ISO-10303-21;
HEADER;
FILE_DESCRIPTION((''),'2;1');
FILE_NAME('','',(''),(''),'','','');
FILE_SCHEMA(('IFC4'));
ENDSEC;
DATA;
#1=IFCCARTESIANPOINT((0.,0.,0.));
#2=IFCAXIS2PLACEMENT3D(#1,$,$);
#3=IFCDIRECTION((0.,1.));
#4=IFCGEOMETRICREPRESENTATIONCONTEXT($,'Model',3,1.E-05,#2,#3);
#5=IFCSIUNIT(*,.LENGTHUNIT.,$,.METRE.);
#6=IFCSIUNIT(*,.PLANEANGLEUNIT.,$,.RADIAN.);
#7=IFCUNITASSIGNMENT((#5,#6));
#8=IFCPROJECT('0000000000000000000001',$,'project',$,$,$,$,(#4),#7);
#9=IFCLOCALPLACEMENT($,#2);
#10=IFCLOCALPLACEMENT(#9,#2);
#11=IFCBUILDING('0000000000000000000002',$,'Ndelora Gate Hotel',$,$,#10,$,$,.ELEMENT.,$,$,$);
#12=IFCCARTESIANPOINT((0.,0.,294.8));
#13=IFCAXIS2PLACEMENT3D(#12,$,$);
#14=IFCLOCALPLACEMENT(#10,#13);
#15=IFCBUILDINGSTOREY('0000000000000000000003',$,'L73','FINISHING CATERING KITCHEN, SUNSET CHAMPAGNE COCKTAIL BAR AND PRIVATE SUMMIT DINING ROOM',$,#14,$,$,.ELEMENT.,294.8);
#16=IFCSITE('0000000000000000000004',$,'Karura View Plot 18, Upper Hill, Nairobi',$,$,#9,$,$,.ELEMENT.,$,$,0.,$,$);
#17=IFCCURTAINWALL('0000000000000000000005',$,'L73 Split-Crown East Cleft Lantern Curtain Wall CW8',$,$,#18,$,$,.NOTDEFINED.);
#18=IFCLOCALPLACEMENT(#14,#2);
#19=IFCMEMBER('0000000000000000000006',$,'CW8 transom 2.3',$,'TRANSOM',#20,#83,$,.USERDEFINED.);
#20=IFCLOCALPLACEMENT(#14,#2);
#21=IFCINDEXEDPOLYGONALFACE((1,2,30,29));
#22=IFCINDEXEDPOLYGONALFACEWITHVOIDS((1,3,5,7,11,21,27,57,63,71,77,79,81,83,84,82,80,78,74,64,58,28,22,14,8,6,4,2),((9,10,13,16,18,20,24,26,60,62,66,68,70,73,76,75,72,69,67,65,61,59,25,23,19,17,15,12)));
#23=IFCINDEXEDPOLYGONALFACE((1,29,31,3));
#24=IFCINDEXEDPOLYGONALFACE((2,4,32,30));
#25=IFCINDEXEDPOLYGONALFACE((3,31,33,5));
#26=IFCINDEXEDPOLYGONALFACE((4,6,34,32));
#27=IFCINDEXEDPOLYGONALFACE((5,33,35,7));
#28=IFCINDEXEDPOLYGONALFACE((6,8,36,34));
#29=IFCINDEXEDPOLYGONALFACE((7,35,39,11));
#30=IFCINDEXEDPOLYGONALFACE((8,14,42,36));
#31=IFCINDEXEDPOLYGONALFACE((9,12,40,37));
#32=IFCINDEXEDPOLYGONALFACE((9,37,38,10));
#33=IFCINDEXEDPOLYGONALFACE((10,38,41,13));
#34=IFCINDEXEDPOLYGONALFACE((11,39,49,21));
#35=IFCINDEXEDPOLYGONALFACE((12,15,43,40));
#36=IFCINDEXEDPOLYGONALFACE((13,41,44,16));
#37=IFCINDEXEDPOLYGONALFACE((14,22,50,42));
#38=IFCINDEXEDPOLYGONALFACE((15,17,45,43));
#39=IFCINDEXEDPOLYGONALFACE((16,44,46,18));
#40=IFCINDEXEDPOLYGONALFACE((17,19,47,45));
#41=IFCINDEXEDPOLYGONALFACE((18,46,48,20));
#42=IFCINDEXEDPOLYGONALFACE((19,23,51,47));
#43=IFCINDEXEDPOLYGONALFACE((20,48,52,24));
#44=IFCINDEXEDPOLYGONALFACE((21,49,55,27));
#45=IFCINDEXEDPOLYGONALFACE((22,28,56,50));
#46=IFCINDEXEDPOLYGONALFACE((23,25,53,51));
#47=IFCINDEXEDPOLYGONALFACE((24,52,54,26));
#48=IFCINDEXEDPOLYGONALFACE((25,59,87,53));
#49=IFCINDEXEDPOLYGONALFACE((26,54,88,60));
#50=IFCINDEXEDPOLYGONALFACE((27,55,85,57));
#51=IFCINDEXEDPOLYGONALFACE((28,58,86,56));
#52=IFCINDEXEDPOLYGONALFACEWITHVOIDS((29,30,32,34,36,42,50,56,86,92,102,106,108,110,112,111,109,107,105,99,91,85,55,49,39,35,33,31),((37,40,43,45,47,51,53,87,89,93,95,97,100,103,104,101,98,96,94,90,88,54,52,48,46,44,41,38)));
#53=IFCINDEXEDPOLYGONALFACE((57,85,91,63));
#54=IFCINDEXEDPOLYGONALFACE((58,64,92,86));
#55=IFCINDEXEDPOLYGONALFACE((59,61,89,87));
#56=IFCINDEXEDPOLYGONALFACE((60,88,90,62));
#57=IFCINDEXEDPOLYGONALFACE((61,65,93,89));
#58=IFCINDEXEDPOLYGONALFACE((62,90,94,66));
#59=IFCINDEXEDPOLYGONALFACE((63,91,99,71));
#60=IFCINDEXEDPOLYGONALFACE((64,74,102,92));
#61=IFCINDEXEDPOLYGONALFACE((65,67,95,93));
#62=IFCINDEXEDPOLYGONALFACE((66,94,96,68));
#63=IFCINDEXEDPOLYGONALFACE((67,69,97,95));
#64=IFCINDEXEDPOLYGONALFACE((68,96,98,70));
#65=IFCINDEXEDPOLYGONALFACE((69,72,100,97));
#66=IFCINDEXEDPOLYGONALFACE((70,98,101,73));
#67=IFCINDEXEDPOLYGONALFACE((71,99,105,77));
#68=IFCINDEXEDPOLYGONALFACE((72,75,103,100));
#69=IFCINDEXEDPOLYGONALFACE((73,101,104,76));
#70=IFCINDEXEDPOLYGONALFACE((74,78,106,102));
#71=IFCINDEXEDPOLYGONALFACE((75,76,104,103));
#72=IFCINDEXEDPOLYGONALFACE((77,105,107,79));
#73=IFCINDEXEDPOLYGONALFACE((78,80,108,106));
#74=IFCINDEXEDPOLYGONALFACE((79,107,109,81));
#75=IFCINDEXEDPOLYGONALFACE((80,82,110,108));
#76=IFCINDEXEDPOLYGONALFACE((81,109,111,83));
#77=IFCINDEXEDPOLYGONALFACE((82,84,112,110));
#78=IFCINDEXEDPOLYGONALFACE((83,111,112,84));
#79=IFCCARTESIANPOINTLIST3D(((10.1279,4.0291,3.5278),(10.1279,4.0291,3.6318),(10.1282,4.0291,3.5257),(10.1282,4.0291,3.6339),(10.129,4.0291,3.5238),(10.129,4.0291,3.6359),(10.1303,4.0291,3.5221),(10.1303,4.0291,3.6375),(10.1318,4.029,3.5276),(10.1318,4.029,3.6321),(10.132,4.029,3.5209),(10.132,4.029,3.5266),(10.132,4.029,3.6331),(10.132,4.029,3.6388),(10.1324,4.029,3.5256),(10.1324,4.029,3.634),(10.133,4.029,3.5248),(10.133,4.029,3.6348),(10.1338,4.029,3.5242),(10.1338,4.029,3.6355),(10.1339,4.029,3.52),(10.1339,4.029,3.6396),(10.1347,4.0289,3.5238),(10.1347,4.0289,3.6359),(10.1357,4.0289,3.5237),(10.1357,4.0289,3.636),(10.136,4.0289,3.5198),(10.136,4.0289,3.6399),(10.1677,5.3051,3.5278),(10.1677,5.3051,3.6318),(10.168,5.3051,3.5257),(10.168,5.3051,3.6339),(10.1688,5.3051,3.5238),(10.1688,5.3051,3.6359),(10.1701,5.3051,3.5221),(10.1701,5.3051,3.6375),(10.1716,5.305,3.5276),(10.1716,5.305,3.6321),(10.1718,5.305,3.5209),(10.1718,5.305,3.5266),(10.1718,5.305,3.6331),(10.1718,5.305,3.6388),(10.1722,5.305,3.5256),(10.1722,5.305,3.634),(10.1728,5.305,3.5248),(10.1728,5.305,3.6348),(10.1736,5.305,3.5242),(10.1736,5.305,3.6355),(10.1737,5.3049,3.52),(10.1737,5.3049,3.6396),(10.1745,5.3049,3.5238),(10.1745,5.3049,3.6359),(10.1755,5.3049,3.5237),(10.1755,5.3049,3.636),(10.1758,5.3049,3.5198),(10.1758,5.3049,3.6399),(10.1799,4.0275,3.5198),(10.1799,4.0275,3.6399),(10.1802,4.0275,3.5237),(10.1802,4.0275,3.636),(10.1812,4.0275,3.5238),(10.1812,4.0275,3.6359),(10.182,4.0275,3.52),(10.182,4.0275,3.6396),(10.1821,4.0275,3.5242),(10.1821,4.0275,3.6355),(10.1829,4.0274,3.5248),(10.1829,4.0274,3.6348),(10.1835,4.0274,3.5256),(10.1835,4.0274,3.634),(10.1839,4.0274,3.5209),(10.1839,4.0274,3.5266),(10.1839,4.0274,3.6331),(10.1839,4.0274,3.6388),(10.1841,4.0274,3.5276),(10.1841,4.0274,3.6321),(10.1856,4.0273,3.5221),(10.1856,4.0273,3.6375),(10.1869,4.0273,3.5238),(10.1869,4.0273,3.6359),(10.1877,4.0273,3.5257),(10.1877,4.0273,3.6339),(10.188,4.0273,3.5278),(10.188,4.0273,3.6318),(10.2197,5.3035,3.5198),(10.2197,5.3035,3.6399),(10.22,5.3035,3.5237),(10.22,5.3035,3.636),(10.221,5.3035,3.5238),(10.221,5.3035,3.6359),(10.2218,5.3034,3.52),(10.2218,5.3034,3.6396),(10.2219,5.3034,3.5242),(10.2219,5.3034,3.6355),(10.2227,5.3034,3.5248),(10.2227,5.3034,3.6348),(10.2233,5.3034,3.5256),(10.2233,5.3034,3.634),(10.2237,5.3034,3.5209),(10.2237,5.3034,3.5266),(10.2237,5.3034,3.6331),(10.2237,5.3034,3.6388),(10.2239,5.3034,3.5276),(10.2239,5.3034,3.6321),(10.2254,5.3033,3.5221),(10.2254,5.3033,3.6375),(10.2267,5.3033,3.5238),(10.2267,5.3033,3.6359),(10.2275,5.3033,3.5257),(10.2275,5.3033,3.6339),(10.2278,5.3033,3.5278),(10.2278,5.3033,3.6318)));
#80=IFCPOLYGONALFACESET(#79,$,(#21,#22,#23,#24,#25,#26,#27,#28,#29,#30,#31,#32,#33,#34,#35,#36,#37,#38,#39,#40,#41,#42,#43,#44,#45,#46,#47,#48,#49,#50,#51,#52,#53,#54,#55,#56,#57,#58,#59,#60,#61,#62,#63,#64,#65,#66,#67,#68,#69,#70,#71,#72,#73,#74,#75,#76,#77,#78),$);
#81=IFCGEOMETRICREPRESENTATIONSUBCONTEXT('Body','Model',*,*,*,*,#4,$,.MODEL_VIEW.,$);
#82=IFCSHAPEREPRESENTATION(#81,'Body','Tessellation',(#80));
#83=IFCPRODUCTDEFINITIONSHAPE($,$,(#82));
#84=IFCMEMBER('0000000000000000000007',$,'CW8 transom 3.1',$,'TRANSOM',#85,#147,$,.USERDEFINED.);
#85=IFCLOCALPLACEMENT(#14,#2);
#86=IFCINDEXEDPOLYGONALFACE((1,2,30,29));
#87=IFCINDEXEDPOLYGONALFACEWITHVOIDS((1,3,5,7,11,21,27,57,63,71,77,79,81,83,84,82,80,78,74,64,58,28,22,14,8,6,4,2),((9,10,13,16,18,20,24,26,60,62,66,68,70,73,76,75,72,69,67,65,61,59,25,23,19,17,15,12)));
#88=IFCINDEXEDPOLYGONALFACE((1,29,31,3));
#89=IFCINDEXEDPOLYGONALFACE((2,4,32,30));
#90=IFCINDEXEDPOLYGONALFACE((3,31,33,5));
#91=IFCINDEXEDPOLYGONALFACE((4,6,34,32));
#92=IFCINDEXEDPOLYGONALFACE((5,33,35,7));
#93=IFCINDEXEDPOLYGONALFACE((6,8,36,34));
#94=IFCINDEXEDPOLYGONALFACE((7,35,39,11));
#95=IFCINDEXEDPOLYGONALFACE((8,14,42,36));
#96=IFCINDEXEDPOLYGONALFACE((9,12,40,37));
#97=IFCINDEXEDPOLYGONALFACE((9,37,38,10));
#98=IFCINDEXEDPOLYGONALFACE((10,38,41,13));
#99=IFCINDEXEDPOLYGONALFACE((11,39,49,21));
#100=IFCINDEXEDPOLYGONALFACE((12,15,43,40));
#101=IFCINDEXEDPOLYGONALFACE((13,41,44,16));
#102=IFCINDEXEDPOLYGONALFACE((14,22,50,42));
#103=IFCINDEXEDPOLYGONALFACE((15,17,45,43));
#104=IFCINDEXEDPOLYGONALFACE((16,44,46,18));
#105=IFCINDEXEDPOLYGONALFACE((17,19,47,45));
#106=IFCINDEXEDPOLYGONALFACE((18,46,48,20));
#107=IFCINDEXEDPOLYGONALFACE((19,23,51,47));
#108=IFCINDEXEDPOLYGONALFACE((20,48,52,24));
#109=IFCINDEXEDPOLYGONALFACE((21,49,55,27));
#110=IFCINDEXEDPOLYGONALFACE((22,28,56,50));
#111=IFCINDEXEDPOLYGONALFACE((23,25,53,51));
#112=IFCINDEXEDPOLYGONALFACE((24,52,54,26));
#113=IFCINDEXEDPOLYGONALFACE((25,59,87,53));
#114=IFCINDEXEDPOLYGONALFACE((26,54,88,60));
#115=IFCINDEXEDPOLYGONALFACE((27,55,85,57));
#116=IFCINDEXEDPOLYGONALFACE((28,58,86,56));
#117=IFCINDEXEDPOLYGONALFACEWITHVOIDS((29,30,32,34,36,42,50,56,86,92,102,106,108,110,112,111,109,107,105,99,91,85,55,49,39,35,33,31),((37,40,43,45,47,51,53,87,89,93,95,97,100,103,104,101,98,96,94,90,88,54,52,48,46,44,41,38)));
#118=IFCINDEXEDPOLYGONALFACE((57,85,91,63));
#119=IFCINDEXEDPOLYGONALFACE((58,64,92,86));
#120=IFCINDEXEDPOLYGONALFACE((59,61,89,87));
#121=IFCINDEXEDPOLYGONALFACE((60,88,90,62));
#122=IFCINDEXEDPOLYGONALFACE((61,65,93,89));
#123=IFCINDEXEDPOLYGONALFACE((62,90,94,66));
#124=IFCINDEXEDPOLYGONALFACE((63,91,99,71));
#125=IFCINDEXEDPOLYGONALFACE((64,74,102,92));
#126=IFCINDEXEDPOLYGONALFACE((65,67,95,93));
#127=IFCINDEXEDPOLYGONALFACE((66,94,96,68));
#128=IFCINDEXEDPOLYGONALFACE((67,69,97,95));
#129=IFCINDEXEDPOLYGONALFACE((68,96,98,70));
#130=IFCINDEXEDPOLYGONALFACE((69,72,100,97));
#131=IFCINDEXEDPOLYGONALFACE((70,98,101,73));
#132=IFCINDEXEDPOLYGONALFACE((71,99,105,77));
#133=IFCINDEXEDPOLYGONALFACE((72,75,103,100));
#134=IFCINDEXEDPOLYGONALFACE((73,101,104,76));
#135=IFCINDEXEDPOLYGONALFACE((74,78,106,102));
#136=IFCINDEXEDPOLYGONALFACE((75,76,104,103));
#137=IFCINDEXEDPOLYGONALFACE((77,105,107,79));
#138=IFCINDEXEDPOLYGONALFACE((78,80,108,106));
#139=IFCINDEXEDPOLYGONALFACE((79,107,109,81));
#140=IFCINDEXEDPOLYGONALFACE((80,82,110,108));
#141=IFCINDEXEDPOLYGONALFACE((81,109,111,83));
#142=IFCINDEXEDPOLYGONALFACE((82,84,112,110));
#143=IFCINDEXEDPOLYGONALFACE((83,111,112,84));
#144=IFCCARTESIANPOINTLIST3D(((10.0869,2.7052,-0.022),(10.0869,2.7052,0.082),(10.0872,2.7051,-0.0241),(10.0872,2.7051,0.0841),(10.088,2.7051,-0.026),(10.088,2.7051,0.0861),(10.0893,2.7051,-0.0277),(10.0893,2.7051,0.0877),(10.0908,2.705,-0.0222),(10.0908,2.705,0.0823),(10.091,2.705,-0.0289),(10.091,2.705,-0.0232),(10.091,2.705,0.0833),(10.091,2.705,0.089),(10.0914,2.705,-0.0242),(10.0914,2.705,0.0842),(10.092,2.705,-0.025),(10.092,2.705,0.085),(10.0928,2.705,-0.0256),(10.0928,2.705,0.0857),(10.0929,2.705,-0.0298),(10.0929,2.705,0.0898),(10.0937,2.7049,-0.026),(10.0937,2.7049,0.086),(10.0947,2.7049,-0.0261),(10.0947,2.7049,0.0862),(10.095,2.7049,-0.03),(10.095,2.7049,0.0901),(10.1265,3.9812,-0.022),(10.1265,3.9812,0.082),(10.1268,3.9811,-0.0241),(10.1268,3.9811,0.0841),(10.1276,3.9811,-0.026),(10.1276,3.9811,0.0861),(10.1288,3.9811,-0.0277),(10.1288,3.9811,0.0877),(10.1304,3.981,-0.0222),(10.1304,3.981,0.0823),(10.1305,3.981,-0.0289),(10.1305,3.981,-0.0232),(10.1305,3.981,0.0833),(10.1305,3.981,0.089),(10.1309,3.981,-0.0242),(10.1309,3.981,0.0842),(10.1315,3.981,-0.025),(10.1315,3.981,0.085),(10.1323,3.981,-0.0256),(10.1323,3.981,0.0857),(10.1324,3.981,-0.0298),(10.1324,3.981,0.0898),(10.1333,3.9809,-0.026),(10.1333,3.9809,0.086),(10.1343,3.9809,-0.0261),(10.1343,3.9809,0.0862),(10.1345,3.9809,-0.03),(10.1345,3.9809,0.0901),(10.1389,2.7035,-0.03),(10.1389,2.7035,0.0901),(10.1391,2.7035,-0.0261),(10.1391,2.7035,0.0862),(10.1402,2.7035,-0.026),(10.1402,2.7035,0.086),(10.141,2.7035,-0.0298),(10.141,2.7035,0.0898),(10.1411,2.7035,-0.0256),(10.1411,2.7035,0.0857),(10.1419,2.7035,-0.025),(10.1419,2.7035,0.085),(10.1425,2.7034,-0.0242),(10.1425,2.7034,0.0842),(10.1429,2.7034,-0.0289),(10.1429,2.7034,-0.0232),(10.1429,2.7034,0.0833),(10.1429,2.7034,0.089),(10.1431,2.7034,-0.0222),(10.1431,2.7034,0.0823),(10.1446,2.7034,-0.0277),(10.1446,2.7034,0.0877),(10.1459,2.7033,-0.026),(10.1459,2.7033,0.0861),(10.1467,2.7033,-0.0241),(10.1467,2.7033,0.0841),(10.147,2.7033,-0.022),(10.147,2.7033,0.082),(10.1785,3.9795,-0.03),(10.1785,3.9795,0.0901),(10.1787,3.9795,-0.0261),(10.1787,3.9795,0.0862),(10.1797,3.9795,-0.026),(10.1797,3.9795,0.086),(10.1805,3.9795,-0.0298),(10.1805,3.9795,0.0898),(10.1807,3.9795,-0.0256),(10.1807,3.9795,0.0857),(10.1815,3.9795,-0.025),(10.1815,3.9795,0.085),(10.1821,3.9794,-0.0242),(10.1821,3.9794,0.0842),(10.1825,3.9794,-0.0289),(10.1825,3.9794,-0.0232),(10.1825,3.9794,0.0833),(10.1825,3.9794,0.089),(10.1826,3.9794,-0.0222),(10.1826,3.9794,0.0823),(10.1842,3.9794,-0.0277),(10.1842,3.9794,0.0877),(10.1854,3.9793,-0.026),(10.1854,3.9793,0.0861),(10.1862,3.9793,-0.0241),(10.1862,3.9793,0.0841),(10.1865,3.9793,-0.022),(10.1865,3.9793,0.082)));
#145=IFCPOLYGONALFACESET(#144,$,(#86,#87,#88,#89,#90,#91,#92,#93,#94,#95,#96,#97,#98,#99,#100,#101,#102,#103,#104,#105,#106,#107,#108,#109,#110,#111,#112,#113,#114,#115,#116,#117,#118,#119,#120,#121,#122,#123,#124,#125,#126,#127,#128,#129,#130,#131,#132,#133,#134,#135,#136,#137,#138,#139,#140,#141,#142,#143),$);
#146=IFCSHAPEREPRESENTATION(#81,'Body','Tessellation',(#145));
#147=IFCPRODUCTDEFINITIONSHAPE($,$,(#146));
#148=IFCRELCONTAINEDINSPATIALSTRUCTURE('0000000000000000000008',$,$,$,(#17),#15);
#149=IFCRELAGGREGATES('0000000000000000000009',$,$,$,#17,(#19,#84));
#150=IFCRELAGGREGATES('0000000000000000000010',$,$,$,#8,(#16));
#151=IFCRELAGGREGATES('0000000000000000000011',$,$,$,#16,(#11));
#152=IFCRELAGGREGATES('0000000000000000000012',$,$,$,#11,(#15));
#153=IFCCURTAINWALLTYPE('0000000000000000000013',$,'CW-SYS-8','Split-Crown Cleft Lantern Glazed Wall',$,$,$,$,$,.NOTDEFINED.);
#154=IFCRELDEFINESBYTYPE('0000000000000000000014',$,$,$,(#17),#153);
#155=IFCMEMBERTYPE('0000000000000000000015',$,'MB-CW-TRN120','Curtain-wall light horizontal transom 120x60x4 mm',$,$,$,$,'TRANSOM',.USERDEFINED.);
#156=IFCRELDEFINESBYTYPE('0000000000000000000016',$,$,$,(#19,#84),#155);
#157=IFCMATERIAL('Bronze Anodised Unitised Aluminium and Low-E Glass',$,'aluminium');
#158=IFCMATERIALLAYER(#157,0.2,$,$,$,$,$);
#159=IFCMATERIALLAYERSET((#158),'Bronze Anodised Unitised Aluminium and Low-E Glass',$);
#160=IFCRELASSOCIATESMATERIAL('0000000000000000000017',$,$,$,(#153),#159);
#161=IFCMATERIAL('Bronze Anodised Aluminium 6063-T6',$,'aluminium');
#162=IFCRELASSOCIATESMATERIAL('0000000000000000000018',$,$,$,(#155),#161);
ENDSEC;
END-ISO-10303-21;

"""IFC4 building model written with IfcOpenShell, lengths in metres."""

from ifc_helpers import new_model, si_unit, direction, frame, origin, origin_2d, place, context, subcontext, project, spatial, hollow_rectangle, extrude, material, layer, layer_set, material_profile, profile_set, type_object, element, aggregate, save


model = new_model("IFC4")

# Units and contexts
model_context = context("Model", 3, precision=1e-05, world=origin(), true_north=direction((0.0, 1.0)))
body_context = subcontext(model_context, "Body", "Model", "MODEL_VIEW")
ifc_project = project(units=[si_unit("LENGTHUNIT", "METRE"), si_unit("PLANEANGLEUNIT", "RADIAN")], contexts=[model_context])

# Site, building, storey
site_placement = place(None, origin())
site = spatial("IfcSite", under=ifc_project, at=site_placement, Name="Karura View Plot 18, Upper Hill, Nairobi", CompositionType="ELEMENT", RefElevation=0.0)
building_placement = place(site_placement, origin())
building = spatial("IfcBuilding", under=site, at=building_placement, Name="Ndelora Gate Hotel", CompositionType="ELEMENT")
storey_placement = place(building_placement, frame((0.0, 0.0, 294.8)))
storey = spatial("IfcBuildingStorey", under=building, at=storey_placement, Name="L73", Description="FINISHING CATERING KITCHEN, SUNSET CHAMPAGNE COCKTAIL BAR AND PRIVATE SUMMIT DINING ROOM", CompositionType="ELEMENT", Elevation=294.8)

# Curtain wall
ifc_material_1 = material(Name="Bronze Anodised Unitised Aluminium and Low-E Glass", Category="aluminium")
ifc_layer_1 = layer(ifc_material_1, 0.2)
ifc_layer_set_1 = layer_set([ifc_layer_1], Name="Bronze Anodised Unitised Aluminium and Low-E Glass")
curtain_wall_type = type_object("IfcCurtainWallType", Name="CW-SYS-8", Description="Split-Crown Cleft Lantern Glazed Wall", PredefinedType="NOTDEFINED", material=ifc_layer_set_1)
ifc_material_2 = material(Name="Bronze Anodised Aluminium 6063-T6", Category="aluminium")
curtain_wall_1_placement = place(storey_placement, origin())
curtain_wall_1 = element("IfcCurtainWall", 1, at=curtain_wall_1_placement, inside=storey, type_object=curtain_wall_type, Name="L73 Split-Crown East Cleft Lantern Curtain Wall CW8", PredefinedType="NOTDEFINED")

# Members
ifc_material_profile_1 = material_profile(ifc_material_2, hollow_rectangle(XDim=0.0601, YDim=0.1201, WallThickness=0.0039, InnerFilletRadius=0.0039, OuterFilletRadius=0.0081, at=origin_2d()), Name="ALU 120x60x4")
ifc_profile_set_1 = profile_set([ifc_material_profile_1], Name="Bronze Anodised Aluminium 6063-T6")
member_type_1 = type_object("IfcMemberType", Name="MB-CW-TRN120", Description="Curtain-wall light horizontal transom 120x60x4 mm", ElementType="TRANSOM", PredefinedType="USERDEFINED", material=ifc_profile_set_1)
member_1_placement = place(storey_placement, frame((10.1978, 5.3042, 3.5798), z_axis=(-0.031175, -0.999514, 0.0), x_axis=(0.999514, -0.031175, 0.0)))
member_1 = element("IfcMember", 2, at=member_1_placement, type_object=member_type_1, Name="CW8 transom 2.3", ObjectType="TRANSOM", PredefinedType="USERDEFINED", context=body_context, shape_type="SweptSolid", body=[
    extrude(hollow_rectangle(XDim=0.0601, YDim=0.1201, WallThickness=0.0039, InnerFilletRadius=0.0039, OuterFilletRadius=0.0081, at=origin_2d()), origin(), (0.0, 0.0, 1.0), 1.2766),
])
member_2_placement = place(storey_placement, frame((10.1565, 3.9802, 0.03), z_axis=(-0.030984, -0.99952, 0.0), x_axis=(0.99952, -0.030984, 0.0)))
member_2 = element("IfcMember", 3, at=member_2_placement, type_object=member_type_1, Name="CW8 transom 3.1", ObjectType="TRANSOM", PredefinedType="USERDEFINED", context=body_context, shape_type="SweptSolid", body=[
    extrude(hollow_rectangle(XDim=0.0601, YDim=0.1201, WallThickness=0.0039, InnerFilletRadius=0.0039, OuterFilletRadius=0.0081, at=origin_2d()), origin(), (0.0, 0.0, 1.0), 1.2766),
])

aggregate(curtain_wall_1, [member_1, member_2])

save(model, "model.ifc")
